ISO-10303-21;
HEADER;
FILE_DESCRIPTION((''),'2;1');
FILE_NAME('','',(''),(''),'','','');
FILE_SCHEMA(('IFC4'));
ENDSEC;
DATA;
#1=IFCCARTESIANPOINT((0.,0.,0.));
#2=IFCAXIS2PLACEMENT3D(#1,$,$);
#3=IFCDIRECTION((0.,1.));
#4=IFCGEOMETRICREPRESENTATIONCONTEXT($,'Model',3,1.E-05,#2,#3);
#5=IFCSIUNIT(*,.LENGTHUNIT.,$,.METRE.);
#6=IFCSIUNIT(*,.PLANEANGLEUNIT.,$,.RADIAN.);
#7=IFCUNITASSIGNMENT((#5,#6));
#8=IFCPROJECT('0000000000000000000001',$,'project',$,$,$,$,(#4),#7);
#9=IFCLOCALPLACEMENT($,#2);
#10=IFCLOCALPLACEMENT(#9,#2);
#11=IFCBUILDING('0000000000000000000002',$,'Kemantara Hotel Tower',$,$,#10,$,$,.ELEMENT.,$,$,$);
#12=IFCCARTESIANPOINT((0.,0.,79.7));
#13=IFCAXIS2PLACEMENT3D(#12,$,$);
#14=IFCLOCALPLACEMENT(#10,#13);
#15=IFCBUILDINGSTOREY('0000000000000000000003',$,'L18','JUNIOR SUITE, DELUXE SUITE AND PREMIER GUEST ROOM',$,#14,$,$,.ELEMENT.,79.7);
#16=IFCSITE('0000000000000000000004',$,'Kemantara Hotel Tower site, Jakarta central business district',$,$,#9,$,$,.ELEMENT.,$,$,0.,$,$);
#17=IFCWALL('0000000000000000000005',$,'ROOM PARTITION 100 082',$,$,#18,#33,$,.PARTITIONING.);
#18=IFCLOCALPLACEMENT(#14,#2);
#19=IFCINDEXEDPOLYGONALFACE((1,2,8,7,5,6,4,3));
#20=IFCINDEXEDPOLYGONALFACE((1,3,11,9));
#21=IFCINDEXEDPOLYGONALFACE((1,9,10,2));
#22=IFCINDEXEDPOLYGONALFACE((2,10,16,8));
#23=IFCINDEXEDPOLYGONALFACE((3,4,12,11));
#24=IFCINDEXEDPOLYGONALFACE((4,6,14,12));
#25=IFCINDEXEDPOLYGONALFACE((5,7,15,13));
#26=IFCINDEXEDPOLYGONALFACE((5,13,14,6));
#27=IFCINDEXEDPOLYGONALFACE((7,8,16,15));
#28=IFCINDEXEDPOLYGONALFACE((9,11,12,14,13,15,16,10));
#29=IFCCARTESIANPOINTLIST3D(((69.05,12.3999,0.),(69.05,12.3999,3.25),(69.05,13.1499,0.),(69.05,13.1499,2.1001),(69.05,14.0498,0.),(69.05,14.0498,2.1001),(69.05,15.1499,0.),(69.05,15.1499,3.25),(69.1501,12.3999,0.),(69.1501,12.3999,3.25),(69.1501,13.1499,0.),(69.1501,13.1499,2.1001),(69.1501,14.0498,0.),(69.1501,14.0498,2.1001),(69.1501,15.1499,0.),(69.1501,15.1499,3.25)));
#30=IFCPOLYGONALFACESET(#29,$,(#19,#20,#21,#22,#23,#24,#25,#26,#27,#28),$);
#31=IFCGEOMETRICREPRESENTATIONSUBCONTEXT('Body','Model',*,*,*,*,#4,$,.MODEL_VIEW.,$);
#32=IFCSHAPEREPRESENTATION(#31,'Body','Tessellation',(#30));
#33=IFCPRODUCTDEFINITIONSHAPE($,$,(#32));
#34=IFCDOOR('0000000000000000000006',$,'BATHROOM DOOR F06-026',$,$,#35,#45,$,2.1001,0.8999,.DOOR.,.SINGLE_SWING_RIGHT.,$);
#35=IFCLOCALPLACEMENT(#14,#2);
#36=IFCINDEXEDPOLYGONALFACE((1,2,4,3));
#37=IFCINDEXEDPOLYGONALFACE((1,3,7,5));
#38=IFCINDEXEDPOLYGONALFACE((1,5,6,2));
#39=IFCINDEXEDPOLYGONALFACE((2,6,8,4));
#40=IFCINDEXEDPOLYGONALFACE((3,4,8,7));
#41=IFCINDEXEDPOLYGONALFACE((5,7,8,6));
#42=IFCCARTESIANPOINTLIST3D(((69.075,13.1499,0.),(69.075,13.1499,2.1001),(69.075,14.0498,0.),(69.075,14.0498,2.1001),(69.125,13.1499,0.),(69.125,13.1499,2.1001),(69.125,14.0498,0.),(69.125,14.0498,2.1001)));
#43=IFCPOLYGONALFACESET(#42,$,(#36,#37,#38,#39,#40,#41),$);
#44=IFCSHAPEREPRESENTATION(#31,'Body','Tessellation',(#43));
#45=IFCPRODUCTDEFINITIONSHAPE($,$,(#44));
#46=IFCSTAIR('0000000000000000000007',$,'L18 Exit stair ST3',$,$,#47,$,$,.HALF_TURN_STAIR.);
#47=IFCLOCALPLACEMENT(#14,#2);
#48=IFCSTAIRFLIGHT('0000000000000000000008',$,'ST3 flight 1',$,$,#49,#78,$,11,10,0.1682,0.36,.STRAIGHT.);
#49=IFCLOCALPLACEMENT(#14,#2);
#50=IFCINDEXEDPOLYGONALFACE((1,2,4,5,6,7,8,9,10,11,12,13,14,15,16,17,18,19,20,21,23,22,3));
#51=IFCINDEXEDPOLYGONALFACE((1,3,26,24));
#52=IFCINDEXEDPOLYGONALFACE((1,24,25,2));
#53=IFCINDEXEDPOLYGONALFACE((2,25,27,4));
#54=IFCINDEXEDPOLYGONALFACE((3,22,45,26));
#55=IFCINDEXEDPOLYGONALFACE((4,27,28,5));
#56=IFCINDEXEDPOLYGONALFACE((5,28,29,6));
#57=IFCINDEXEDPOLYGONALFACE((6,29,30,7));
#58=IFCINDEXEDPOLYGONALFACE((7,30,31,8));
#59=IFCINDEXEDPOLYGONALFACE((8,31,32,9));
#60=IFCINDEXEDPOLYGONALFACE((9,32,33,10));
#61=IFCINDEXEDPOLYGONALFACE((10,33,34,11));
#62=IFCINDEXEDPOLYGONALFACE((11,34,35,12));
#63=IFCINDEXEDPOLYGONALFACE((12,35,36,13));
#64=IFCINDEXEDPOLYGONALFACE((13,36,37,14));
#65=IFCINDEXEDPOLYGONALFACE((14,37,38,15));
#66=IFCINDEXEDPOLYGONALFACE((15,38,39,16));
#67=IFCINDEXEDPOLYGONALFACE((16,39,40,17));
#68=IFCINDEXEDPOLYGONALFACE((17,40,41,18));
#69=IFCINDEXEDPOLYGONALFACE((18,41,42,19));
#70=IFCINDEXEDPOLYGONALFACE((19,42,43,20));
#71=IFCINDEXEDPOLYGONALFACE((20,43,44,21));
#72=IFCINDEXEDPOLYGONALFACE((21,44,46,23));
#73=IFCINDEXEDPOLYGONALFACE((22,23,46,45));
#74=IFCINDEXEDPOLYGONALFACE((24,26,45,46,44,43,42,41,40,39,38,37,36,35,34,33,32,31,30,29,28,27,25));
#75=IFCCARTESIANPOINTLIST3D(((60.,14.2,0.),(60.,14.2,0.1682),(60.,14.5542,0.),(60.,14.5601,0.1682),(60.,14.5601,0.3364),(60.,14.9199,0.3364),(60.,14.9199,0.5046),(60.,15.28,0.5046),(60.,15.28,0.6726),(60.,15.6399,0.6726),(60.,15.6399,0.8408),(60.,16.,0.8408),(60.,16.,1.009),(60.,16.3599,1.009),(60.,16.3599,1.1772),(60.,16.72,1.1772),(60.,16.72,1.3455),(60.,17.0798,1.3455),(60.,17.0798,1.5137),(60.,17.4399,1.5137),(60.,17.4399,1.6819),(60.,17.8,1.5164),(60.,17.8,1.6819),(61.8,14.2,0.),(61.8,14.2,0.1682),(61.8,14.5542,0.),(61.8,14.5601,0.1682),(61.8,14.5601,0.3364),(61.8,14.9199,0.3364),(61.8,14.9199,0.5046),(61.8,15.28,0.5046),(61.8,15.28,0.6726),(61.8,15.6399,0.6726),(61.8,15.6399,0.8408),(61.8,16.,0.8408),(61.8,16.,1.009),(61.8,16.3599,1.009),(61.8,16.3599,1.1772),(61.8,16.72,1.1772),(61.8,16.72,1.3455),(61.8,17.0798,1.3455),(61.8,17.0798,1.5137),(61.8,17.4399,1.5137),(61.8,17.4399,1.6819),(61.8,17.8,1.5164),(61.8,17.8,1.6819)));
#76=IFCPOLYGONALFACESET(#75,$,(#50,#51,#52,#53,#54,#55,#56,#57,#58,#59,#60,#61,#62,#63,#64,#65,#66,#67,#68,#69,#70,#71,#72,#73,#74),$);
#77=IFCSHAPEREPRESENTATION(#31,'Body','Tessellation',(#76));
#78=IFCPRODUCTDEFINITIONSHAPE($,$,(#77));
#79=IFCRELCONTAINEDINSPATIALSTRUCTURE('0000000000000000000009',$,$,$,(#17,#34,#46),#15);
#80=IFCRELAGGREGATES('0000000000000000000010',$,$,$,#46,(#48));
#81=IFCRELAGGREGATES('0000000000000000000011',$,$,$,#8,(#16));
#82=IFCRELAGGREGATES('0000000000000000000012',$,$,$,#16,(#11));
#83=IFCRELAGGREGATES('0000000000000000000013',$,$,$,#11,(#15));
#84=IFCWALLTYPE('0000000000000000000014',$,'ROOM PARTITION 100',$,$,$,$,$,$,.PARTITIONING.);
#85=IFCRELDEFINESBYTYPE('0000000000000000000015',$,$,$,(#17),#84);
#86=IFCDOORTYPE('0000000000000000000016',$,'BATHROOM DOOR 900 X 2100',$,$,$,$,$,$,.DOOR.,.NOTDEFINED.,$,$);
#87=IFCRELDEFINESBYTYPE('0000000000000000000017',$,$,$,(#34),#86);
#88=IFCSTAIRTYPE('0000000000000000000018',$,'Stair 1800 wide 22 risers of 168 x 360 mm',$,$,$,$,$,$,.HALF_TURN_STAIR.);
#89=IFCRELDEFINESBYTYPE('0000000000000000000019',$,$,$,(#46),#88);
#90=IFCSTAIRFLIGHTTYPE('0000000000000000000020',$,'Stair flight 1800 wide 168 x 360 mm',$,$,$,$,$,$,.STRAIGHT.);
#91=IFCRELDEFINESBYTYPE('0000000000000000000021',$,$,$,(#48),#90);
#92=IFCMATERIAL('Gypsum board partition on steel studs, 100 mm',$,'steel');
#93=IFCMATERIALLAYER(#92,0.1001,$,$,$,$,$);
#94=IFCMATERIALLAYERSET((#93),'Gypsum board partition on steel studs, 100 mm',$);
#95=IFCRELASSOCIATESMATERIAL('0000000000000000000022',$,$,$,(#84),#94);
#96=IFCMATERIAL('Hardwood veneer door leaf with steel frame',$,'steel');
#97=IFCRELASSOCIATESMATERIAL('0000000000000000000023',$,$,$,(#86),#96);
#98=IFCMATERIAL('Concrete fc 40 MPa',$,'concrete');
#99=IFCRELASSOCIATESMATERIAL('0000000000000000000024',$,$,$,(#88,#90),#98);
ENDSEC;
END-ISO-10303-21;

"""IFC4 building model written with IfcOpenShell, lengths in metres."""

from ifc_helpers import new_model, si_unit, direction, frame, frame_2d, origin, place, context, subcontext, project, spatial, polyline, rectangle, outline, extrude, material, layer, layer_set, type_object, element, fill, aggregate, save


model = new_model("IFC4")

# Units and contexts
model_context = context("Model", 3, precision=1e-05, world=origin(), true_north=direction((0.0, 1.0)))
body_context = subcontext(model_context, "Body", "Model", "MODEL_VIEW")
ifc_project = project(units=[si_unit("LENGTHUNIT", "METRE"), si_unit("PLANEANGLEUNIT", "RADIAN")], contexts=[model_context])

# Site, building, storey
site_placement = place(None, origin())
site = spatial("IfcSite", under=ifc_project, at=site_placement, Name="Kemantara Hotel Tower site, Jakarta central business district", CompositionType="ELEMENT", RefElevation=0.0)
building_placement = place(site_placement, origin())
building = spatial("IfcBuilding", under=site, at=building_placement, Name="Kemantara Hotel Tower", CompositionType="ELEMENT")
storey_placement = place(building_placement, frame((0.0, 0.0, 79.7)))
storey = spatial("IfcBuildingStorey", under=building, at=storey_placement, Name="L18", Description="JUNIOR SUITE, DELUXE SUITE AND PREMIER GUEST ROOM", CompositionType="ELEMENT", Elevation=79.7)

# Shared definitions
ifc_material_1 = material(Name="Hardwood veneer door leaf with steel frame", Category="steel")

# Shared definitions
ifc_material_2 = material(Name="Concrete fc 40 MPa", Category="concrete")
ifc_material_3 = material(Name="Gypsum board partition on steel studs, 100 mm", Category="steel")
ifc_layer_1 = layer(ifc_material_3, 0.1001)
ifc_layer_set_1 = layer_set([ifc_layer_1], Name="Gypsum board partition on steel studs, 100 mm")
wall_type_1 = type_object("IfcWallType", Name="ROOM PARTITION 100", PredefinedType="PARTITIONING", material=ifc_layer_set_1)

# Wall, opening, door
door_type_1 = type_object("IfcDoorType", Name="BATHROOM DOOR 900 X 2100", OperationType="NOTDEFINED", PredefinedType="DOOR", material=ifc_material_1)
wall_1_placement = place(storey_placement, frame((69.1001, 15.1499, 0.0), z_axis=(0.0, 0.0, 1.0), x_axis=(0.0, -1.0, 0.0)))
wall_1 = element("IfcWall", 1, at=wall_1_placement, inside=storey, type_object=wall_type_1, Name="ROOM PARTITION 100 082", PredefinedType="PARTITIONING", context=body_context, shape_type="SweptSolid", body=[
    extrude(rectangle(XDim=2.75, YDim=0.1001, at=frame_2d((1.375, 0.0))), origin(), (0.0, 0.0, 1.0), 3.25),
])
opening_1_placement = place(wall_1_placement, frame((1.1001, 0.0, 0.0)))
opening_1 = element("IfcOpeningElement", 2, at=opening_1_placement, cuts=wall_1, PredefinedType="OPENING", context=body_context, shape_type="SweptSolid", body=[
    extrude(rectangle(XDim=0.8999, YDim=2.1001, at=frame_2d((0.45, 1.05))), frame((0.0, 0.0601, 0.0), z_axis=(0.0, -1.0, 0.0), x_axis=(1.0, 0.0, 0.0)), (0.0, 0.0, 1.0), 0.1201),
])
door_1_placement = place(opening_1_placement, origin())
door_1 = element("IfcDoor", 3, at=door_1_placement, inside=storey, type_object=door_type_1, Name="BATHROOM DOOR F06-026", OperationType="SINGLE_SWING_RIGHT", OverallHeight=2.1001, OverallWidth=0.8999, PredefinedType="DOOR", context=body_context, shape_type="SweptSolid", body=[
    extrude(rectangle(XDim=0.8999, YDim=2.1001, at=frame_2d((0.45, 1.05))), frame((0.0, 0.0249, 0.0), z_axis=(0.0, -1.0, 0.0), x_axis=(1.0, 0.0, 0.0)), (0.0, 0.0, 1.0), 0.05),
])
fill(opening_1, door_1)

# Stair, stair flight
stair_type = type_object("IfcStairType", Name="Stair 1800 wide 22 risers of 168 x 360 mm", PredefinedType="HALF_TURN_STAIR", material=ifc_material_2)
stair_placement = place(storey_placement, origin())
stair = element("IfcStair", 4, at=stair_placement, inside=storey, type_object=stair_type, Name="L18 Exit stair ST3", PredefinedType="HALF_TURN_STAIR")
stair_flight_type = type_object("IfcStairFlightType", Name="Stair flight 1800 wide 168 x 360 mm", PredefinedType="STRAIGHT", material=ifc_material_2)
stair_flight_placement = place(storey_placement, frame((60.8999, 14.2, 0.0), z_axis=(0.0, 0.0, 1.0), x_axis=(0.0, 1.0, 0.0)))
stair_flight = element("IfcStairFlight", 5, at=stair_flight_placement, type_object=stair_flight_type, Name="ST3 flight 1", NumberOfRisers=11, NumberOfTreads=10, PredefinedType="STRAIGHT", RiserHeight=0.1682, TreadLength=0.36, context=body_context, shape_type="SweptSolid", body=[
    extrude(outline(polyline([(0.0, 0.0), (0.0, 0.1682), (0.3601, 0.1682), (0.3601, 0.3364), (0.72, 0.3364), (0.72, 0.5046), (1.0801, 0.5046), (1.0801, 0.6726), (1.4399, 0.6726), (1.4399, 0.8408), (1.8, 0.8408), (1.8, 1.009), (2.1599, 1.009), (2.1599, 1.1772), (2.52, 1.1772), (2.52, 1.3455), (2.8799, 1.3455), (2.8799, 1.5137), (3.24, 1.5137), (3.24, 1.6819), (3.6001, 1.6819), (3.6001, 1.8501), (3.6001, 1.5164), (0.3542, 0.0), (0.0, 0.0)])), frame((0.0, 0.8999, 0.0), z_axis=(0.0, -1.0, 0.0), x_axis=(1.0, 0.0, 0.0)), (0.0, 0.0, 1.0), 1.8),
])
aggregate(stair, [stair_flight])

save(model, "model.ifc")
